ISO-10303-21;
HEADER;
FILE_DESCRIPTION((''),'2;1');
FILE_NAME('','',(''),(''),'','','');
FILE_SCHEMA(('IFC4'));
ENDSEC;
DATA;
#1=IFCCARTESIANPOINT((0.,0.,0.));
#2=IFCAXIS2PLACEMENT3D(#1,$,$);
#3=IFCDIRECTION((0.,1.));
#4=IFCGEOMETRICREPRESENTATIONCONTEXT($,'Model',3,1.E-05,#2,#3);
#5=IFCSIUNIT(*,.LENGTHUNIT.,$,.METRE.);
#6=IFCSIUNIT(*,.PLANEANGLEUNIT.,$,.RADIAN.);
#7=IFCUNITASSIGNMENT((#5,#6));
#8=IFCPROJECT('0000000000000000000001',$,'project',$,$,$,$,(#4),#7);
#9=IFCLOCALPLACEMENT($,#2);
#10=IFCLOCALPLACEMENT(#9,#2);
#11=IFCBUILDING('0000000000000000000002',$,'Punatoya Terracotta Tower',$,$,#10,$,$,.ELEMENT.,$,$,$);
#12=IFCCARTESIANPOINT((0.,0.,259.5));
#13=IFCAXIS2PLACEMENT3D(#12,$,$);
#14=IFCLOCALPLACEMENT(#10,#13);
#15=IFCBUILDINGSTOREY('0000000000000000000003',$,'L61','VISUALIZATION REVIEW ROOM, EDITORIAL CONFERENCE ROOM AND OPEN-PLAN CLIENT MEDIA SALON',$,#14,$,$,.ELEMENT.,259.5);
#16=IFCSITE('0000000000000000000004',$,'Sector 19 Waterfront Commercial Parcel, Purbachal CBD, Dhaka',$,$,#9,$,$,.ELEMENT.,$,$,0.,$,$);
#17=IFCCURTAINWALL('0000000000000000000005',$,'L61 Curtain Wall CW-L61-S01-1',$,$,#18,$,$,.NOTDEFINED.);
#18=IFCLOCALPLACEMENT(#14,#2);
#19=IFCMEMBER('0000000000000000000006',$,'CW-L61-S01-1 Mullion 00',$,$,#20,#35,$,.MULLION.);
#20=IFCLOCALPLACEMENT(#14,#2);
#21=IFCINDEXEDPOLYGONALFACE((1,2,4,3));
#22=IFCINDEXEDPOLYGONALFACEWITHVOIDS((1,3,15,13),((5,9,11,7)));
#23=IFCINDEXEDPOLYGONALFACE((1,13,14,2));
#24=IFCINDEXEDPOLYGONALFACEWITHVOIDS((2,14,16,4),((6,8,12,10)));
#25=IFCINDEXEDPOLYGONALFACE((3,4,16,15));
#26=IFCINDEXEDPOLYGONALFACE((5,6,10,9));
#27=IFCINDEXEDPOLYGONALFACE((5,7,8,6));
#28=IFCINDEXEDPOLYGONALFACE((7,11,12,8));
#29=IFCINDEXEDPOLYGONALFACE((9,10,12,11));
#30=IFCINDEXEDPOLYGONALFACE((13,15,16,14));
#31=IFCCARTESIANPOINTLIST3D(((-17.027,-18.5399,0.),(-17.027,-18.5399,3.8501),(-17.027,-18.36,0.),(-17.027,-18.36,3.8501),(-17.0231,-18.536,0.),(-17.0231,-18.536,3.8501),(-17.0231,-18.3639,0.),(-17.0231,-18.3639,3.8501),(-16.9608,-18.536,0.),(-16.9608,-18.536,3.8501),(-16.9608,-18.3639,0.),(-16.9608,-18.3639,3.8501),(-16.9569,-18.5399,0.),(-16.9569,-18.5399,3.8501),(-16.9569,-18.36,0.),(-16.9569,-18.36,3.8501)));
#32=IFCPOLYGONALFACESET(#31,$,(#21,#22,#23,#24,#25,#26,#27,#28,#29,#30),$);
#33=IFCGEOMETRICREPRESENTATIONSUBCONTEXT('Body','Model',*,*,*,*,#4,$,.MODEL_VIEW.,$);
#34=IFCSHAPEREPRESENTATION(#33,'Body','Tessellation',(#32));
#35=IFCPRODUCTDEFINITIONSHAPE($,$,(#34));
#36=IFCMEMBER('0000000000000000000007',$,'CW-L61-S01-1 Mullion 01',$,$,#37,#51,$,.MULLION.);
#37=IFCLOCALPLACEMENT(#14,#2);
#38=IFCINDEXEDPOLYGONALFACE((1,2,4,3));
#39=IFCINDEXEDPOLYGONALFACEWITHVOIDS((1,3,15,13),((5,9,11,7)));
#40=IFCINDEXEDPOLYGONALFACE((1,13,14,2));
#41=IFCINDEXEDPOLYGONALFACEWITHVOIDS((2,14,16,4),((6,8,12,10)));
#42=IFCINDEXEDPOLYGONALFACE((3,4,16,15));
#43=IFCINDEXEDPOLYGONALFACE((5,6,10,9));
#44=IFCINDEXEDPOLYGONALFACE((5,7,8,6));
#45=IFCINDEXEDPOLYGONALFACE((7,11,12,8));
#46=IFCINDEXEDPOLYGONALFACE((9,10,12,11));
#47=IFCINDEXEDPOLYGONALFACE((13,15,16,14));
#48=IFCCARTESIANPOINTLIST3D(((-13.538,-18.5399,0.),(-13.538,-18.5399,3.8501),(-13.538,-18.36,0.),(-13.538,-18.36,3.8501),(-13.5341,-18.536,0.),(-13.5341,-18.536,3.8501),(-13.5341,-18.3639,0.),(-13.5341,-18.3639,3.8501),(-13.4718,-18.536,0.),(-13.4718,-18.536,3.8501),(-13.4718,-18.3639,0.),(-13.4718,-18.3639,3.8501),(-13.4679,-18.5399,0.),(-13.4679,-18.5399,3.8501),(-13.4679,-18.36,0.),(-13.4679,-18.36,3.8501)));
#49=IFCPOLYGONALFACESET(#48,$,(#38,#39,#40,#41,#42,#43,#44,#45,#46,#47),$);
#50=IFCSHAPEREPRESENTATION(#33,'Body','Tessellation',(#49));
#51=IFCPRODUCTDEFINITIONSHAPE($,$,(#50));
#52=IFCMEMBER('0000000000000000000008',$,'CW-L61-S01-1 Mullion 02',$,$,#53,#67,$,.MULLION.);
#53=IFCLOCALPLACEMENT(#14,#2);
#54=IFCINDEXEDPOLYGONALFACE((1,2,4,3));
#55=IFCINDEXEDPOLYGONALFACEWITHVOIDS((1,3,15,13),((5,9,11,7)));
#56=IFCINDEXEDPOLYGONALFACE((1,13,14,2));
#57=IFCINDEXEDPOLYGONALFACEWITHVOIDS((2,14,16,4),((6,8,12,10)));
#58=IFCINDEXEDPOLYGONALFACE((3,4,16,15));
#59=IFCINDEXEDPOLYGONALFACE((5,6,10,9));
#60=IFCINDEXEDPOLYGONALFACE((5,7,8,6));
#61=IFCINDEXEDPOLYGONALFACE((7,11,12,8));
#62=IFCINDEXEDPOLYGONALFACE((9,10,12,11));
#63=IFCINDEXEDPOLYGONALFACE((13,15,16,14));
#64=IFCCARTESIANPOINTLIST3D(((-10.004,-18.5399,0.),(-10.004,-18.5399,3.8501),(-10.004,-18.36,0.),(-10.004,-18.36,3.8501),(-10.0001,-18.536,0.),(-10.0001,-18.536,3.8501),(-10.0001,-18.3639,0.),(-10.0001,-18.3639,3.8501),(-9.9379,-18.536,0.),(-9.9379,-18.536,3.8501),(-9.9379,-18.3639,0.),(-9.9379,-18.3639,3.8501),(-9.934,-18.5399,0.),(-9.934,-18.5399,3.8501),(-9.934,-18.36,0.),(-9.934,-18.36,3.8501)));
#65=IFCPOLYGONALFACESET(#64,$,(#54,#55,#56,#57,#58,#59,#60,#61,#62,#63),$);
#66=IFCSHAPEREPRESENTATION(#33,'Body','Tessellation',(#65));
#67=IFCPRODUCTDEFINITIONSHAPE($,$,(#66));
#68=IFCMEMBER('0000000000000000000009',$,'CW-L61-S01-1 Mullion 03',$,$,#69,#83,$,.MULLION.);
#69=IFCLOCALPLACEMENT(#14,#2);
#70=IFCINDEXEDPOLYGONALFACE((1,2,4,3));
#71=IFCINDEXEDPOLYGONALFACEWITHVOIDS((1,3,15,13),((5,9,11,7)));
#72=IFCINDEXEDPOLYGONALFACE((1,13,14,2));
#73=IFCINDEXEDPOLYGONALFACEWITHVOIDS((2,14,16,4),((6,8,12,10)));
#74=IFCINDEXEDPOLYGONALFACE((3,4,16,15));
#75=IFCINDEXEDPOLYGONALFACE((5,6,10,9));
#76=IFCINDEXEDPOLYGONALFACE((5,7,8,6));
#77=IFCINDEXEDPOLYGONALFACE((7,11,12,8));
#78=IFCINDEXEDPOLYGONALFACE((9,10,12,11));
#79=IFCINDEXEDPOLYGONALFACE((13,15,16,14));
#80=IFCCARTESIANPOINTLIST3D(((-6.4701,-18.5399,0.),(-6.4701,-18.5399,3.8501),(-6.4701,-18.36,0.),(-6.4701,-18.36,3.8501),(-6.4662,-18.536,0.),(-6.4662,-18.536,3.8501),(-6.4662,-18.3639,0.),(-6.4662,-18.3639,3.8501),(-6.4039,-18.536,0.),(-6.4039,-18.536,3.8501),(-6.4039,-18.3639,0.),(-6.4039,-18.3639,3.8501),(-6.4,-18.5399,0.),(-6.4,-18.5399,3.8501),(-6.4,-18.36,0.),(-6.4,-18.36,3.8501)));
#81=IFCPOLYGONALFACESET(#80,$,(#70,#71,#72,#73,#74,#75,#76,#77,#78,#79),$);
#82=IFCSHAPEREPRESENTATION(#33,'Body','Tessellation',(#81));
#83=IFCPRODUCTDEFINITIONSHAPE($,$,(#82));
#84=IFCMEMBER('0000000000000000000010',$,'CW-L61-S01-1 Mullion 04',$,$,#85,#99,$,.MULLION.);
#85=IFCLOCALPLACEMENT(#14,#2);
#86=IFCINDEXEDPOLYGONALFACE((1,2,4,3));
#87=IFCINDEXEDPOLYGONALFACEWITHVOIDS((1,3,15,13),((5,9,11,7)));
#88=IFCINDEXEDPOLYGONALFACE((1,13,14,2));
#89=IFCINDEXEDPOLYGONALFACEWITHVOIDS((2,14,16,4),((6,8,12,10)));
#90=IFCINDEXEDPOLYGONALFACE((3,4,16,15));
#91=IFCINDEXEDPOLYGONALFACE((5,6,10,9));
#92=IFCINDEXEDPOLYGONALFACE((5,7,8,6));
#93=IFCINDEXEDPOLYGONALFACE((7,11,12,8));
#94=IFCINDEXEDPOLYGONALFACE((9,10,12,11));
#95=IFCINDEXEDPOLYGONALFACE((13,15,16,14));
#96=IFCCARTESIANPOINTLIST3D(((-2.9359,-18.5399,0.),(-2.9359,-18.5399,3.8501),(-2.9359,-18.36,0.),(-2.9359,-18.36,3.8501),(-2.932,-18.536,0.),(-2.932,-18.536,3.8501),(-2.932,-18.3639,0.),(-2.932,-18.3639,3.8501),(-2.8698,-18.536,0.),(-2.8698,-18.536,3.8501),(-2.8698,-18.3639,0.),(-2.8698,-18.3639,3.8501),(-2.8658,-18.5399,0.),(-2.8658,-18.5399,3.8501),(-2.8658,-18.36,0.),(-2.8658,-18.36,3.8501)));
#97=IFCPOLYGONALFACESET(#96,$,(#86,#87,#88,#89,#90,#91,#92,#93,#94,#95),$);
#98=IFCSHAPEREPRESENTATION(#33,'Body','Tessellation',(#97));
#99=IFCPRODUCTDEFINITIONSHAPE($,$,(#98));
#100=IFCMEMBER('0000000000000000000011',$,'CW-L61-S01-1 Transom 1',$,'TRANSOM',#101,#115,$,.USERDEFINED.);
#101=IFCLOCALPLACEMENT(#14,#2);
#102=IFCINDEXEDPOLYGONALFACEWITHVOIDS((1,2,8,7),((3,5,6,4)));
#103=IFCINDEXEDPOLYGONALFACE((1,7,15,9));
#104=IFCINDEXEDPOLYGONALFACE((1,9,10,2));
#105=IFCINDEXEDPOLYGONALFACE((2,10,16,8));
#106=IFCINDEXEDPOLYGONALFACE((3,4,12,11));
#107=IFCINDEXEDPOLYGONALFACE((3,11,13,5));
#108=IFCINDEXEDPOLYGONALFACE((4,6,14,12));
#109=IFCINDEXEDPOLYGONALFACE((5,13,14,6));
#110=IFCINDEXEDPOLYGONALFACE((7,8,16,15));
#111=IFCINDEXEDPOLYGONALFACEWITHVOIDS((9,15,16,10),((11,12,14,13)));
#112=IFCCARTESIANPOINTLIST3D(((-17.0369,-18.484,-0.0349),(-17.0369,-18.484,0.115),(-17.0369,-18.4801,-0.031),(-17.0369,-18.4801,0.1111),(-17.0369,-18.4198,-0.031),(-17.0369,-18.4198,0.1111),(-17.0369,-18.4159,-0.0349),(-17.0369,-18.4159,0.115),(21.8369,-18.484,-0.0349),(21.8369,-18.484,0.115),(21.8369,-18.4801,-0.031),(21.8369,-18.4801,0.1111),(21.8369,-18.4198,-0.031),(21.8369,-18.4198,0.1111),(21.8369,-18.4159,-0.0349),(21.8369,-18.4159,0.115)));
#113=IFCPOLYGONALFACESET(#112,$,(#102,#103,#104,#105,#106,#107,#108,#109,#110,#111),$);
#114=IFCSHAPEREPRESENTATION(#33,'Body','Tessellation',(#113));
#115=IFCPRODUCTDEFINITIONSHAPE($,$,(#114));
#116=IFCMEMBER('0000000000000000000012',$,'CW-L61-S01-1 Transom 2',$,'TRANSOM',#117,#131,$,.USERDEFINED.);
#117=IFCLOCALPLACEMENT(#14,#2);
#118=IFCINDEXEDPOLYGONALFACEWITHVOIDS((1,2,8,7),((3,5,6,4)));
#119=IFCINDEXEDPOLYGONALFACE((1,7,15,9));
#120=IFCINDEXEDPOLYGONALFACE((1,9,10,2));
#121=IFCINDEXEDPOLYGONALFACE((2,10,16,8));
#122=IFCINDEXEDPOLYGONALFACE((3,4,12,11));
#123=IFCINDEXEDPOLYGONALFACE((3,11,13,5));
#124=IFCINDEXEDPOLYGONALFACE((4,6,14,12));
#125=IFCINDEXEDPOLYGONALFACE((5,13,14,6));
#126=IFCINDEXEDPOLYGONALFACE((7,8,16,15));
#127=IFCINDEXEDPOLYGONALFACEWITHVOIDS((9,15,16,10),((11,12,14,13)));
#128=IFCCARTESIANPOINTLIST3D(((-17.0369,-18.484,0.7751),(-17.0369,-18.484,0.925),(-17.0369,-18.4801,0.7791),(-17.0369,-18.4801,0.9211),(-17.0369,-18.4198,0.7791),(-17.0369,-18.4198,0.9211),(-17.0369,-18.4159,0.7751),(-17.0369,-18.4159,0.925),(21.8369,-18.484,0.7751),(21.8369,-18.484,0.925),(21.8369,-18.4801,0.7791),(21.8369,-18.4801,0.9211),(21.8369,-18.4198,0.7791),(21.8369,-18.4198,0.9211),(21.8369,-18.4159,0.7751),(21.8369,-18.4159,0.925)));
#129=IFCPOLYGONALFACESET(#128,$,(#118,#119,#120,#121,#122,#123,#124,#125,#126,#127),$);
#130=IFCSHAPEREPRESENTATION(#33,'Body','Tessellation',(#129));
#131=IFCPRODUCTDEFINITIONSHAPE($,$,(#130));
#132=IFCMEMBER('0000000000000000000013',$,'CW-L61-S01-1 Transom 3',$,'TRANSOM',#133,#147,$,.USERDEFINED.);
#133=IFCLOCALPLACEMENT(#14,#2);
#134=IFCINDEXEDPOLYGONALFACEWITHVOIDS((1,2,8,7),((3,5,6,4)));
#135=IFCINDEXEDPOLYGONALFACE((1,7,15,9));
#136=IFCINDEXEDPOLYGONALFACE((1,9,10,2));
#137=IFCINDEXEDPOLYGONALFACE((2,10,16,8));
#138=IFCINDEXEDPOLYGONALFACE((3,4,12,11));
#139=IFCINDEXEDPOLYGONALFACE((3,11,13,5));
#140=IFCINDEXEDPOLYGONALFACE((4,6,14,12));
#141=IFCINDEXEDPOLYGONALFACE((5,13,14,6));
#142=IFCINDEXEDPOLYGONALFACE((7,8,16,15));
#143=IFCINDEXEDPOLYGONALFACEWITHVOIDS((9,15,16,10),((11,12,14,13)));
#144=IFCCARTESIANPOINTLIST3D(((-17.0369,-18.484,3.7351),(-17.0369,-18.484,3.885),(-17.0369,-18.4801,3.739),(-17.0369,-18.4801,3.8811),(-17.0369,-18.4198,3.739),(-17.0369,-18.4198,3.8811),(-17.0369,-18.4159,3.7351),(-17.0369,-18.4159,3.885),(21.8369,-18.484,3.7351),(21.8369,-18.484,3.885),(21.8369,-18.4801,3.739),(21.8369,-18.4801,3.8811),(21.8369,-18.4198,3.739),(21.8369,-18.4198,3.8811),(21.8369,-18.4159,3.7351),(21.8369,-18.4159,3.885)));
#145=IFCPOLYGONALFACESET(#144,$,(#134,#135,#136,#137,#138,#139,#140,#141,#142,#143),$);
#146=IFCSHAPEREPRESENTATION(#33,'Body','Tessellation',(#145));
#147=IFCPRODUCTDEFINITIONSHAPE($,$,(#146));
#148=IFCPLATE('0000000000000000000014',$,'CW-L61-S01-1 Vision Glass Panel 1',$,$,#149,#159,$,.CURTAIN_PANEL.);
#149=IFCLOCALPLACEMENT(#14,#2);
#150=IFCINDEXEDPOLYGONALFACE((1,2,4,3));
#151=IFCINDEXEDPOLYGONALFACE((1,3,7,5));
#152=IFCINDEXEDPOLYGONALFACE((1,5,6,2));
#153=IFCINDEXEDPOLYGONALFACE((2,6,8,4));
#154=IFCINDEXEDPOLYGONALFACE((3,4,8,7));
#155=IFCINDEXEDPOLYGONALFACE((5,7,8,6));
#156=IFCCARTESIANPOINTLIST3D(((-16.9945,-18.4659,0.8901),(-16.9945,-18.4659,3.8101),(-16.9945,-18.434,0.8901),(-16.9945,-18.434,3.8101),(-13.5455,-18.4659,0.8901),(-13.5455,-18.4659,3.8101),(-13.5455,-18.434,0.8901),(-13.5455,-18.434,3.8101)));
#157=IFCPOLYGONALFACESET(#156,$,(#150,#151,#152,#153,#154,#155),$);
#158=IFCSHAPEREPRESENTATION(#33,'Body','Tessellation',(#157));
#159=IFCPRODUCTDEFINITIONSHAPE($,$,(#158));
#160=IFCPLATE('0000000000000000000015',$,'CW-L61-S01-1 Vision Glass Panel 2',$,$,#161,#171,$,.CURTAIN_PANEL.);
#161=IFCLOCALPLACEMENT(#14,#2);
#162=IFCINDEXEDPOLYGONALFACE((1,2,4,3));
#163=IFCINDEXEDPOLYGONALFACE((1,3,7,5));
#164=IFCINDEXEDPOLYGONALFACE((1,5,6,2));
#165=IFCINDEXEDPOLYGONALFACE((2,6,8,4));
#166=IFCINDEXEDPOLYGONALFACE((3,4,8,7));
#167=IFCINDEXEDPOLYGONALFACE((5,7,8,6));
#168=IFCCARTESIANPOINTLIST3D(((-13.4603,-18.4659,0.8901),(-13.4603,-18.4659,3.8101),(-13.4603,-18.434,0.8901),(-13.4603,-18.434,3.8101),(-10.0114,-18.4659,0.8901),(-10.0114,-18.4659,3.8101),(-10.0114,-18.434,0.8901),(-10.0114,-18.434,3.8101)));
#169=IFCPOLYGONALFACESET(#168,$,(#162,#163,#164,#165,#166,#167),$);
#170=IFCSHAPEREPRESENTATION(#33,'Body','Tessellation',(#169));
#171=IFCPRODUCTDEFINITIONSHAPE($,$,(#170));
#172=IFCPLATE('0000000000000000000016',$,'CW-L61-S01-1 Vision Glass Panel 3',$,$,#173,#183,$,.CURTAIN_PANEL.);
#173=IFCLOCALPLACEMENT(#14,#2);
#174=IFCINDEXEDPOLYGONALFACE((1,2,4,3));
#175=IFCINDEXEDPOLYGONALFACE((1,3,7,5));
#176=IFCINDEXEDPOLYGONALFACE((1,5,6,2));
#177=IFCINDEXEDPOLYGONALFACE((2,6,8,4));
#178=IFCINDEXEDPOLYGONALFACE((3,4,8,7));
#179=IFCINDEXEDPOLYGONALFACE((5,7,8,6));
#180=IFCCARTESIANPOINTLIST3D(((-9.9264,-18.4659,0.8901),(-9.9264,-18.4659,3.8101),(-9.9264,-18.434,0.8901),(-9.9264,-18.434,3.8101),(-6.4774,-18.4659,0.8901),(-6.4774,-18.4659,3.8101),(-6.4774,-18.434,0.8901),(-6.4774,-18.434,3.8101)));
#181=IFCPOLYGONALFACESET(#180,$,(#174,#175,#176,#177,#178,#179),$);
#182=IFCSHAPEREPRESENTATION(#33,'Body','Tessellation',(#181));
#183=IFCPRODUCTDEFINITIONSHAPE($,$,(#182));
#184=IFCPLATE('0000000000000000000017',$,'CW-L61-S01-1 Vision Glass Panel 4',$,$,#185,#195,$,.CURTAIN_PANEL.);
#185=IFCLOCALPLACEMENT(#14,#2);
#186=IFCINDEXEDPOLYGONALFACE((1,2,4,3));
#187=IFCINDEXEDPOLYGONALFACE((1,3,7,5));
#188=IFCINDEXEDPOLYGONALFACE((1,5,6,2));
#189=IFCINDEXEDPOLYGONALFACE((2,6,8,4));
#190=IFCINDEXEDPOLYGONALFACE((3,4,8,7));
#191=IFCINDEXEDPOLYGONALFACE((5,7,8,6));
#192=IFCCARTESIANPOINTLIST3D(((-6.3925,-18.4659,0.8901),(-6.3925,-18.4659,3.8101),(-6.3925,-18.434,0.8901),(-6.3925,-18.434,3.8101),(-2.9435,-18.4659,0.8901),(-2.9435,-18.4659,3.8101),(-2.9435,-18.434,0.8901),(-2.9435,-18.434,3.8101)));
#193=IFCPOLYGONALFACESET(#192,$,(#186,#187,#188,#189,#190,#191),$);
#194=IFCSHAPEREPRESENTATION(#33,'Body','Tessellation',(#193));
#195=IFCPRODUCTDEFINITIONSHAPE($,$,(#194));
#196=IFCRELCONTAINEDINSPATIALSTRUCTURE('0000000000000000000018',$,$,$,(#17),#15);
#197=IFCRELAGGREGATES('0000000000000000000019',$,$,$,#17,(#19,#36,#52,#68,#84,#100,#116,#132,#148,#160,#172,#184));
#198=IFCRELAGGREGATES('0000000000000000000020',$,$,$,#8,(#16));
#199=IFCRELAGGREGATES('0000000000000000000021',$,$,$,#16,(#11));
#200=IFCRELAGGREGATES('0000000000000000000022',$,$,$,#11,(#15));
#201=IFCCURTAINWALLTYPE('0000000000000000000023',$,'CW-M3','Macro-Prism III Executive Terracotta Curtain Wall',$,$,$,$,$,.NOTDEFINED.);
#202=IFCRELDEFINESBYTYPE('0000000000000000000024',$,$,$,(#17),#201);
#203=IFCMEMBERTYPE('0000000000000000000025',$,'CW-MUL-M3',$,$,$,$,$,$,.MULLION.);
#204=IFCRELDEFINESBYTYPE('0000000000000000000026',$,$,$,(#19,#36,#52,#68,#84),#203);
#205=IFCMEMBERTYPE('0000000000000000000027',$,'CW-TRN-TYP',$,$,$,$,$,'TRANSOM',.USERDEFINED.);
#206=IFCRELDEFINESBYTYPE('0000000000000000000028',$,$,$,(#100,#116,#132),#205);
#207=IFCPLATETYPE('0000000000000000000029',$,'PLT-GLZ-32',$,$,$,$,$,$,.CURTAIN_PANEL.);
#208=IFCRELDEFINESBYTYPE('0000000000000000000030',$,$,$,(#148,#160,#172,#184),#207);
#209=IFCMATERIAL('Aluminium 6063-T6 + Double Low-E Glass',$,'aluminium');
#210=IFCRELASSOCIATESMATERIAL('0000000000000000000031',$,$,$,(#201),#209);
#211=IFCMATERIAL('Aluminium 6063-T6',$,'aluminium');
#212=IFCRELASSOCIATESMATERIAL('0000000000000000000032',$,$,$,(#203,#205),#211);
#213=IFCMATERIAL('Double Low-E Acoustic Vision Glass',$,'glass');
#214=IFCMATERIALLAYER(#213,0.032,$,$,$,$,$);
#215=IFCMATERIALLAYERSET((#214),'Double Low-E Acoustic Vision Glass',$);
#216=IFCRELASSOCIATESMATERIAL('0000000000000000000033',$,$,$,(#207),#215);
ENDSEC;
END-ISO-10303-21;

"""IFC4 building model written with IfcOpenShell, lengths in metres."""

from ifc_helpers import new_model, si_unit, direction, frame, origin, origin_2d, place, context, subcontext, project, spatial, rectangle, hollow_rectangle, extrude, material, layer, layer_set, material_profile, profile_set, type_object, element, aggregate, save


model = new_model("IFC4")

# Units and contexts
model_context = context("Model", 3, precision=1e-05, world=origin(), true_north=direction((0.0, 1.0)))
body_context = subcontext(model_context, "Body", "Model", "MODEL_VIEW")
ifc_project = project(units=[si_unit("LENGTHUNIT", "METRE"), si_unit("PLANEANGLEUNIT", "RADIAN")], contexts=[model_context])

# Site, building, storey
site_placement = place(None, origin())
site = spatial("IfcSite", under=ifc_project, at=site_placement, Name="Sector 19 Waterfront Commercial Parcel, Purbachal CBD, Dhaka", CompositionType="ELEMENT", RefElevation=0.0)
building_placement = place(site_placement, origin())
building = spatial("IfcBuilding", under=site, at=building_placement, Name="Punatoya Terracotta Tower", CompositionType="ELEMENT")
storey_placement = place(building_placement, frame((0.0, 0.0, 259.5)))
storey = spatial("IfcBuildingStorey", under=building, at=storey_placement, Name="L61", Description="VISUALIZATION REVIEW ROOM, EDITORIAL CONFERENCE ROOM AND OPEN-PLAN CLIENT MEDIA SALON", CompositionType="ELEMENT", Elevation=259.5)

# Curtain wall, members, plates
ifc_material_1 = material(Name="Aluminium 6063-T6 + Double Low-E Glass", Category="aluminium")
curtain_wall_type = type_object("IfcCurtainWallType", Name="CW-M3", Description="Macro-Prism III Executive Terracotta Curtain Wall", PredefinedType="NOTDEFINED", material=ifc_material_1)
curtain_wall_placement = place(storey_placement, origin())
curtain_wall = element("IfcCurtainWall", 1, at=curtain_wall_placement, inside=storey, type_object=curtain_wall_type, Name="L61 Curtain Wall CW-L61-S01-1", PredefinedType="NOTDEFINED")
ifc_material_2 = material(Name="Aluminium 6063-T6", Category="aluminium")
ifc_material_profile_1 = material_profile(ifc_material_2, hollow_rectangle(XDim=0.0701, YDim=0.1799, WallThickness=0.0039, at=origin_2d()))
ifc_profile_set_1 = profile_set([ifc_material_profile_1], Name="Aluminium 6063-T6")
member_type_1 = type_object("IfcMemberType", Name="CW-MUL-M3", PredefinedType="MULLION", material=ifc_profile_set_1)
member_1_placement = place(storey_placement, frame((-16.9919, -18.45, 0.0), z_axis=(0.0, 0.0, 1.0), x_axis=(1.0, 0.0, 0.0)))
member_1 = element("IfcMember", 2, at=member_1_placement, type_object=member_type_1, Name="CW-L61-S01-1 Mullion 00", PredefinedType="MULLION", context=body_context, shape_type="SweptSolid", body=[
    extrude(hollow_rectangle(XDim=0.0701, YDim=0.1799, WallThickness=0.0039, at=origin_2d()), origin(), (0.0, 0.0, 1.0), 3.8501),
])
member_2_placement = place(storey_placement, frame((-13.5029, -18.45, 0.0), z_axis=(0.0, 0.0, 1.0), x_axis=(1.0, 0.0, 0.0)))
member_2 = element("IfcMember", 3, at=member_2_placement, type_object=member_type_1, Name="CW-L61-S01-1 Mullion 01", PredefinedType="MULLION", context=body_context, shape_type="SweptSolid", body=[
    extrude(hollow_rectangle(XDim=0.0701, YDim=0.1799, WallThickness=0.0039, at=origin_2d()), origin(), (0.0, 0.0, 1.0), 3.8501),
])
member_3_placement = place(storey_placement, frame((-9.969, -18.45, 0.0), z_axis=(0.0, 0.0, 1.0), x_axis=(1.0, 0.0, 0.0)))
member_3 = element("IfcMember", 4, at=member_3_placement, type_object=member_type_1, Name="CW-L61-S01-1 Mullion 02", PredefinedType="MULLION", context=body_context, shape_type="SweptSolid", body=[
    extrude(hollow_rectangle(XDim=0.0701, YDim=0.1799, WallThickness=0.0039, at=origin_2d()), origin(), (0.0, 0.0, 1.0), 3.8501),
])
member_4_placement = place(storey_placement, frame((-6.4351, -18.45, 0.0), z_axis=(0.0, 0.0, 1.0), x_axis=(1.0, 0.0, 0.0)))
member_4 = element("IfcMember", 5, at=member_4_placement, type_object=member_type_1, Name="CW-L61-S01-1 Mullion 03", PredefinedType="MULLION", context=body_context, shape_type="SweptSolid", body=[
    extrude(hollow_rectangle(XDim=0.0701, YDim=0.1799, WallThickness=0.0039, at=origin_2d()), origin(), (0.0, 0.0, 1.0), 3.8501),
])
member_5_placement = place(storey_placement, frame((-2.9009, -18.45, 0.0), z_axis=(0.0, 0.0, 1.0), x_axis=(1.0, 0.0, 0.0)))
member_5 = element("IfcMember", 6, at=member_5_placement, type_object=member_type_1, Name="CW-L61-S01-1 Mullion 04", PredefinedType="MULLION", context=body_context, shape_type="SweptSolid", body=[
    extrude(hollow_rectangle(XDim=0.0701, YDim=0.1799, WallThickness=0.0039, at=origin_2d()), origin(), (0.0, 0.0, 1.0), 3.8501),
])
ifc_material_profile_2 = material_profile(ifc_material_2, hollow_rectangle(XDim=0.0681, YDim=0.1499, WallThickness=0.0039, at=origin_2d()))
ifc_profile_set_2 = profile_set([ifc_material_profile_2], Name="Aluminium 6063-T6")
member_type_2 = type_object("IfcMemberType", Name="CW-TRN-TYP", ElementType="TRANSOM", PredefinedType="USERDEFINED", material=ifc_profile_set_2)
member_6_placement = place(storey_placement, frame((-17.0369, -18.45, 0.04), z_axis=(1.0, 0.0, 0.0), x_axis=(0.0, 1.0, 0.0)))
member_6 = element("IfcMember", 7, at=member_6_placement, type_object=member_type_2, Name="CW-L61-S01-1 Transom 1", ObjectType="TRANSOM", PredefinedType="USERDEFINED", context=body_context, shape_type="SweptSolid", body=[
    extrude(hollow_rectangle(XDim=0.0681, YDim=0.1499, WallThickness=0.0039, at=origin_2d()), origin(), (0.0, 0.0, 1.0), 38.8738),
])
member_7_placement = place(storey_placement, frame((-17.0369, -18.45, 0.8501), z_axis=(1.0, 0.0, 0.0), x_axis=(0.0, 1.0, 0.0)))
member_7 = element("IfcMember", 8, at=member_7_placement, type_object=member_type_2, Name="CW-L61-S01-1 Transom 2", ObjectType="TRANSOM", PredefinedType="USERDEFINED", context=body_context, shape_type="SweptSolid", body=[
    extrude(hollow_rectangle(XDim=0.0681, YDim=0.1499, WallThickness=0.0039, at=origin_2d()), origin(), (0.0, 0.0, 1.0), 38.8738),
])
member_8_placement = place(storey_placement, frame((-17.0369, -18.45, 3.8101), z_axis=(1.0, 0.0, 0.0), x_axis=(0.0, 1.0, 0.0)))
member_8 = element("IfcMember", 9, at=member_8_placement, type_object=member_type_2, Name="CW-L61-S01-1 Transom 3", ObjectType="TRANSOM", PredefinedType="USERDEFINED", context=body_context, shape_type="SweptSolid", body=[
    extrude(hollow_rectangle(XDim=0.0681, YDim=0.1499, WallThickness=0.0039, at=origin_2d()), origin(), (0.0, 0.0, 1.0), 38.8738),
])
ifc_material_3 = material(Name="Double Low-E Acoustic Vision Glass", Category="glass")
ifc_layer_1 = layer(ifc_material_3, 0.032)
ifc_layer_set_1 = layer_set([ifc_layer_1], Name="Double Low-E Acoustic Vision Glass")
plate_type_1 = type_object("IfcPlateType", Name="PLT-GLZ-32", PredefinedType="CURTAIN_PANEL", material=ifc_layer_set_1)
plate_1_placement = place(storey_placement, frame((-15.27, -18.45, 0.8901), z_axis=(0.0, 0.0, 1.0), x_axis=(1.0, 0.0, 0.0)))
plate_1 = element("IfcPlate", 10, at=plate_1_placement, type_object=plate_type_1, Name="CW-L61-S01-1 Vision Glass Panel 1", PredefinedType="CURTAIN_PANEL", context=body_context, shape_type="SweptSolid", body=[
    extrude(rectangle(XDim=3.449, YDim=0.032, at=origin_2d()), origin(), (0.0, 0.0, 1.0), 2.9199),
])
plate_2_placement = place(storey_placement, frame((-11.7358, -18.45, 0.8901), z_axis=(0.0, 0.0, 1.0), x_axis=(1.0, 0.0, 0.0)))
plate_2 = element("IfcPlate", 11, at=plate_2_placement, type_object=plate_type_1, Name="CW-L61-S01-1 Vision Glass Panel 2", PredefinedType="CURTAIN_PANEL", context=body_context, shape_type="SweptSolid", body=[
    extrude(rectangle(XDim=3.449, YDim=0.032, at=origin_2d()), origin(), (0.0, 0.0, 1.0), 2.9199),
])
plate_3_placement = place(storey_placement, frame((-8.2019, -18.45, 0.8901), z_axis=(0.0, 0.0, 1.0), x_axis=(1.0, 0.0, 0.0)))
plate_3 = element("IfcPlate", 12, at=plate_3_placement, type_object=plate_type_1, Name="CW-L61-S01-1 Vision Glass Panel 3", PredefinedType="CURTAIN_PANEL", context=body_context, shape_type="SweptSolid", body=[
    extrude(rectangle(XDim=3.449, YDim=0.032, at=origin_2d()), origin(), (0.0, 0.0, 1.0), 2.9199),
])
plate_4_placement = place(storey_placement, frame((-4.668, -18.45, 0.8901), z_axis=(0.0, 0.0, 1.0), x_axis=(1.0, 0.0, 0.0)))
plate_4 = element("IfcPlate", 13, at=plate_4_placement, type_object=plate_type_1, Name="CW-L61-S01-1 Vision Glass Panel 4", PredefinedType="CURTAIN_PANEL", context=body_context, shape_type="SweptSolid", body=[
    extrude(rectangle(XDim=3.449, YDim=0.032, at=origin_2d()), origin(), (0.0, 0.0, 1.0), 2.9199),
])
aggregate(curtain_wall, [member_1, member_2, member_3, member_4, member_5, member_6, member_7, member_8, plate_1, plate_2, plate_3, plate_4])

save(model, "model.ifc")
